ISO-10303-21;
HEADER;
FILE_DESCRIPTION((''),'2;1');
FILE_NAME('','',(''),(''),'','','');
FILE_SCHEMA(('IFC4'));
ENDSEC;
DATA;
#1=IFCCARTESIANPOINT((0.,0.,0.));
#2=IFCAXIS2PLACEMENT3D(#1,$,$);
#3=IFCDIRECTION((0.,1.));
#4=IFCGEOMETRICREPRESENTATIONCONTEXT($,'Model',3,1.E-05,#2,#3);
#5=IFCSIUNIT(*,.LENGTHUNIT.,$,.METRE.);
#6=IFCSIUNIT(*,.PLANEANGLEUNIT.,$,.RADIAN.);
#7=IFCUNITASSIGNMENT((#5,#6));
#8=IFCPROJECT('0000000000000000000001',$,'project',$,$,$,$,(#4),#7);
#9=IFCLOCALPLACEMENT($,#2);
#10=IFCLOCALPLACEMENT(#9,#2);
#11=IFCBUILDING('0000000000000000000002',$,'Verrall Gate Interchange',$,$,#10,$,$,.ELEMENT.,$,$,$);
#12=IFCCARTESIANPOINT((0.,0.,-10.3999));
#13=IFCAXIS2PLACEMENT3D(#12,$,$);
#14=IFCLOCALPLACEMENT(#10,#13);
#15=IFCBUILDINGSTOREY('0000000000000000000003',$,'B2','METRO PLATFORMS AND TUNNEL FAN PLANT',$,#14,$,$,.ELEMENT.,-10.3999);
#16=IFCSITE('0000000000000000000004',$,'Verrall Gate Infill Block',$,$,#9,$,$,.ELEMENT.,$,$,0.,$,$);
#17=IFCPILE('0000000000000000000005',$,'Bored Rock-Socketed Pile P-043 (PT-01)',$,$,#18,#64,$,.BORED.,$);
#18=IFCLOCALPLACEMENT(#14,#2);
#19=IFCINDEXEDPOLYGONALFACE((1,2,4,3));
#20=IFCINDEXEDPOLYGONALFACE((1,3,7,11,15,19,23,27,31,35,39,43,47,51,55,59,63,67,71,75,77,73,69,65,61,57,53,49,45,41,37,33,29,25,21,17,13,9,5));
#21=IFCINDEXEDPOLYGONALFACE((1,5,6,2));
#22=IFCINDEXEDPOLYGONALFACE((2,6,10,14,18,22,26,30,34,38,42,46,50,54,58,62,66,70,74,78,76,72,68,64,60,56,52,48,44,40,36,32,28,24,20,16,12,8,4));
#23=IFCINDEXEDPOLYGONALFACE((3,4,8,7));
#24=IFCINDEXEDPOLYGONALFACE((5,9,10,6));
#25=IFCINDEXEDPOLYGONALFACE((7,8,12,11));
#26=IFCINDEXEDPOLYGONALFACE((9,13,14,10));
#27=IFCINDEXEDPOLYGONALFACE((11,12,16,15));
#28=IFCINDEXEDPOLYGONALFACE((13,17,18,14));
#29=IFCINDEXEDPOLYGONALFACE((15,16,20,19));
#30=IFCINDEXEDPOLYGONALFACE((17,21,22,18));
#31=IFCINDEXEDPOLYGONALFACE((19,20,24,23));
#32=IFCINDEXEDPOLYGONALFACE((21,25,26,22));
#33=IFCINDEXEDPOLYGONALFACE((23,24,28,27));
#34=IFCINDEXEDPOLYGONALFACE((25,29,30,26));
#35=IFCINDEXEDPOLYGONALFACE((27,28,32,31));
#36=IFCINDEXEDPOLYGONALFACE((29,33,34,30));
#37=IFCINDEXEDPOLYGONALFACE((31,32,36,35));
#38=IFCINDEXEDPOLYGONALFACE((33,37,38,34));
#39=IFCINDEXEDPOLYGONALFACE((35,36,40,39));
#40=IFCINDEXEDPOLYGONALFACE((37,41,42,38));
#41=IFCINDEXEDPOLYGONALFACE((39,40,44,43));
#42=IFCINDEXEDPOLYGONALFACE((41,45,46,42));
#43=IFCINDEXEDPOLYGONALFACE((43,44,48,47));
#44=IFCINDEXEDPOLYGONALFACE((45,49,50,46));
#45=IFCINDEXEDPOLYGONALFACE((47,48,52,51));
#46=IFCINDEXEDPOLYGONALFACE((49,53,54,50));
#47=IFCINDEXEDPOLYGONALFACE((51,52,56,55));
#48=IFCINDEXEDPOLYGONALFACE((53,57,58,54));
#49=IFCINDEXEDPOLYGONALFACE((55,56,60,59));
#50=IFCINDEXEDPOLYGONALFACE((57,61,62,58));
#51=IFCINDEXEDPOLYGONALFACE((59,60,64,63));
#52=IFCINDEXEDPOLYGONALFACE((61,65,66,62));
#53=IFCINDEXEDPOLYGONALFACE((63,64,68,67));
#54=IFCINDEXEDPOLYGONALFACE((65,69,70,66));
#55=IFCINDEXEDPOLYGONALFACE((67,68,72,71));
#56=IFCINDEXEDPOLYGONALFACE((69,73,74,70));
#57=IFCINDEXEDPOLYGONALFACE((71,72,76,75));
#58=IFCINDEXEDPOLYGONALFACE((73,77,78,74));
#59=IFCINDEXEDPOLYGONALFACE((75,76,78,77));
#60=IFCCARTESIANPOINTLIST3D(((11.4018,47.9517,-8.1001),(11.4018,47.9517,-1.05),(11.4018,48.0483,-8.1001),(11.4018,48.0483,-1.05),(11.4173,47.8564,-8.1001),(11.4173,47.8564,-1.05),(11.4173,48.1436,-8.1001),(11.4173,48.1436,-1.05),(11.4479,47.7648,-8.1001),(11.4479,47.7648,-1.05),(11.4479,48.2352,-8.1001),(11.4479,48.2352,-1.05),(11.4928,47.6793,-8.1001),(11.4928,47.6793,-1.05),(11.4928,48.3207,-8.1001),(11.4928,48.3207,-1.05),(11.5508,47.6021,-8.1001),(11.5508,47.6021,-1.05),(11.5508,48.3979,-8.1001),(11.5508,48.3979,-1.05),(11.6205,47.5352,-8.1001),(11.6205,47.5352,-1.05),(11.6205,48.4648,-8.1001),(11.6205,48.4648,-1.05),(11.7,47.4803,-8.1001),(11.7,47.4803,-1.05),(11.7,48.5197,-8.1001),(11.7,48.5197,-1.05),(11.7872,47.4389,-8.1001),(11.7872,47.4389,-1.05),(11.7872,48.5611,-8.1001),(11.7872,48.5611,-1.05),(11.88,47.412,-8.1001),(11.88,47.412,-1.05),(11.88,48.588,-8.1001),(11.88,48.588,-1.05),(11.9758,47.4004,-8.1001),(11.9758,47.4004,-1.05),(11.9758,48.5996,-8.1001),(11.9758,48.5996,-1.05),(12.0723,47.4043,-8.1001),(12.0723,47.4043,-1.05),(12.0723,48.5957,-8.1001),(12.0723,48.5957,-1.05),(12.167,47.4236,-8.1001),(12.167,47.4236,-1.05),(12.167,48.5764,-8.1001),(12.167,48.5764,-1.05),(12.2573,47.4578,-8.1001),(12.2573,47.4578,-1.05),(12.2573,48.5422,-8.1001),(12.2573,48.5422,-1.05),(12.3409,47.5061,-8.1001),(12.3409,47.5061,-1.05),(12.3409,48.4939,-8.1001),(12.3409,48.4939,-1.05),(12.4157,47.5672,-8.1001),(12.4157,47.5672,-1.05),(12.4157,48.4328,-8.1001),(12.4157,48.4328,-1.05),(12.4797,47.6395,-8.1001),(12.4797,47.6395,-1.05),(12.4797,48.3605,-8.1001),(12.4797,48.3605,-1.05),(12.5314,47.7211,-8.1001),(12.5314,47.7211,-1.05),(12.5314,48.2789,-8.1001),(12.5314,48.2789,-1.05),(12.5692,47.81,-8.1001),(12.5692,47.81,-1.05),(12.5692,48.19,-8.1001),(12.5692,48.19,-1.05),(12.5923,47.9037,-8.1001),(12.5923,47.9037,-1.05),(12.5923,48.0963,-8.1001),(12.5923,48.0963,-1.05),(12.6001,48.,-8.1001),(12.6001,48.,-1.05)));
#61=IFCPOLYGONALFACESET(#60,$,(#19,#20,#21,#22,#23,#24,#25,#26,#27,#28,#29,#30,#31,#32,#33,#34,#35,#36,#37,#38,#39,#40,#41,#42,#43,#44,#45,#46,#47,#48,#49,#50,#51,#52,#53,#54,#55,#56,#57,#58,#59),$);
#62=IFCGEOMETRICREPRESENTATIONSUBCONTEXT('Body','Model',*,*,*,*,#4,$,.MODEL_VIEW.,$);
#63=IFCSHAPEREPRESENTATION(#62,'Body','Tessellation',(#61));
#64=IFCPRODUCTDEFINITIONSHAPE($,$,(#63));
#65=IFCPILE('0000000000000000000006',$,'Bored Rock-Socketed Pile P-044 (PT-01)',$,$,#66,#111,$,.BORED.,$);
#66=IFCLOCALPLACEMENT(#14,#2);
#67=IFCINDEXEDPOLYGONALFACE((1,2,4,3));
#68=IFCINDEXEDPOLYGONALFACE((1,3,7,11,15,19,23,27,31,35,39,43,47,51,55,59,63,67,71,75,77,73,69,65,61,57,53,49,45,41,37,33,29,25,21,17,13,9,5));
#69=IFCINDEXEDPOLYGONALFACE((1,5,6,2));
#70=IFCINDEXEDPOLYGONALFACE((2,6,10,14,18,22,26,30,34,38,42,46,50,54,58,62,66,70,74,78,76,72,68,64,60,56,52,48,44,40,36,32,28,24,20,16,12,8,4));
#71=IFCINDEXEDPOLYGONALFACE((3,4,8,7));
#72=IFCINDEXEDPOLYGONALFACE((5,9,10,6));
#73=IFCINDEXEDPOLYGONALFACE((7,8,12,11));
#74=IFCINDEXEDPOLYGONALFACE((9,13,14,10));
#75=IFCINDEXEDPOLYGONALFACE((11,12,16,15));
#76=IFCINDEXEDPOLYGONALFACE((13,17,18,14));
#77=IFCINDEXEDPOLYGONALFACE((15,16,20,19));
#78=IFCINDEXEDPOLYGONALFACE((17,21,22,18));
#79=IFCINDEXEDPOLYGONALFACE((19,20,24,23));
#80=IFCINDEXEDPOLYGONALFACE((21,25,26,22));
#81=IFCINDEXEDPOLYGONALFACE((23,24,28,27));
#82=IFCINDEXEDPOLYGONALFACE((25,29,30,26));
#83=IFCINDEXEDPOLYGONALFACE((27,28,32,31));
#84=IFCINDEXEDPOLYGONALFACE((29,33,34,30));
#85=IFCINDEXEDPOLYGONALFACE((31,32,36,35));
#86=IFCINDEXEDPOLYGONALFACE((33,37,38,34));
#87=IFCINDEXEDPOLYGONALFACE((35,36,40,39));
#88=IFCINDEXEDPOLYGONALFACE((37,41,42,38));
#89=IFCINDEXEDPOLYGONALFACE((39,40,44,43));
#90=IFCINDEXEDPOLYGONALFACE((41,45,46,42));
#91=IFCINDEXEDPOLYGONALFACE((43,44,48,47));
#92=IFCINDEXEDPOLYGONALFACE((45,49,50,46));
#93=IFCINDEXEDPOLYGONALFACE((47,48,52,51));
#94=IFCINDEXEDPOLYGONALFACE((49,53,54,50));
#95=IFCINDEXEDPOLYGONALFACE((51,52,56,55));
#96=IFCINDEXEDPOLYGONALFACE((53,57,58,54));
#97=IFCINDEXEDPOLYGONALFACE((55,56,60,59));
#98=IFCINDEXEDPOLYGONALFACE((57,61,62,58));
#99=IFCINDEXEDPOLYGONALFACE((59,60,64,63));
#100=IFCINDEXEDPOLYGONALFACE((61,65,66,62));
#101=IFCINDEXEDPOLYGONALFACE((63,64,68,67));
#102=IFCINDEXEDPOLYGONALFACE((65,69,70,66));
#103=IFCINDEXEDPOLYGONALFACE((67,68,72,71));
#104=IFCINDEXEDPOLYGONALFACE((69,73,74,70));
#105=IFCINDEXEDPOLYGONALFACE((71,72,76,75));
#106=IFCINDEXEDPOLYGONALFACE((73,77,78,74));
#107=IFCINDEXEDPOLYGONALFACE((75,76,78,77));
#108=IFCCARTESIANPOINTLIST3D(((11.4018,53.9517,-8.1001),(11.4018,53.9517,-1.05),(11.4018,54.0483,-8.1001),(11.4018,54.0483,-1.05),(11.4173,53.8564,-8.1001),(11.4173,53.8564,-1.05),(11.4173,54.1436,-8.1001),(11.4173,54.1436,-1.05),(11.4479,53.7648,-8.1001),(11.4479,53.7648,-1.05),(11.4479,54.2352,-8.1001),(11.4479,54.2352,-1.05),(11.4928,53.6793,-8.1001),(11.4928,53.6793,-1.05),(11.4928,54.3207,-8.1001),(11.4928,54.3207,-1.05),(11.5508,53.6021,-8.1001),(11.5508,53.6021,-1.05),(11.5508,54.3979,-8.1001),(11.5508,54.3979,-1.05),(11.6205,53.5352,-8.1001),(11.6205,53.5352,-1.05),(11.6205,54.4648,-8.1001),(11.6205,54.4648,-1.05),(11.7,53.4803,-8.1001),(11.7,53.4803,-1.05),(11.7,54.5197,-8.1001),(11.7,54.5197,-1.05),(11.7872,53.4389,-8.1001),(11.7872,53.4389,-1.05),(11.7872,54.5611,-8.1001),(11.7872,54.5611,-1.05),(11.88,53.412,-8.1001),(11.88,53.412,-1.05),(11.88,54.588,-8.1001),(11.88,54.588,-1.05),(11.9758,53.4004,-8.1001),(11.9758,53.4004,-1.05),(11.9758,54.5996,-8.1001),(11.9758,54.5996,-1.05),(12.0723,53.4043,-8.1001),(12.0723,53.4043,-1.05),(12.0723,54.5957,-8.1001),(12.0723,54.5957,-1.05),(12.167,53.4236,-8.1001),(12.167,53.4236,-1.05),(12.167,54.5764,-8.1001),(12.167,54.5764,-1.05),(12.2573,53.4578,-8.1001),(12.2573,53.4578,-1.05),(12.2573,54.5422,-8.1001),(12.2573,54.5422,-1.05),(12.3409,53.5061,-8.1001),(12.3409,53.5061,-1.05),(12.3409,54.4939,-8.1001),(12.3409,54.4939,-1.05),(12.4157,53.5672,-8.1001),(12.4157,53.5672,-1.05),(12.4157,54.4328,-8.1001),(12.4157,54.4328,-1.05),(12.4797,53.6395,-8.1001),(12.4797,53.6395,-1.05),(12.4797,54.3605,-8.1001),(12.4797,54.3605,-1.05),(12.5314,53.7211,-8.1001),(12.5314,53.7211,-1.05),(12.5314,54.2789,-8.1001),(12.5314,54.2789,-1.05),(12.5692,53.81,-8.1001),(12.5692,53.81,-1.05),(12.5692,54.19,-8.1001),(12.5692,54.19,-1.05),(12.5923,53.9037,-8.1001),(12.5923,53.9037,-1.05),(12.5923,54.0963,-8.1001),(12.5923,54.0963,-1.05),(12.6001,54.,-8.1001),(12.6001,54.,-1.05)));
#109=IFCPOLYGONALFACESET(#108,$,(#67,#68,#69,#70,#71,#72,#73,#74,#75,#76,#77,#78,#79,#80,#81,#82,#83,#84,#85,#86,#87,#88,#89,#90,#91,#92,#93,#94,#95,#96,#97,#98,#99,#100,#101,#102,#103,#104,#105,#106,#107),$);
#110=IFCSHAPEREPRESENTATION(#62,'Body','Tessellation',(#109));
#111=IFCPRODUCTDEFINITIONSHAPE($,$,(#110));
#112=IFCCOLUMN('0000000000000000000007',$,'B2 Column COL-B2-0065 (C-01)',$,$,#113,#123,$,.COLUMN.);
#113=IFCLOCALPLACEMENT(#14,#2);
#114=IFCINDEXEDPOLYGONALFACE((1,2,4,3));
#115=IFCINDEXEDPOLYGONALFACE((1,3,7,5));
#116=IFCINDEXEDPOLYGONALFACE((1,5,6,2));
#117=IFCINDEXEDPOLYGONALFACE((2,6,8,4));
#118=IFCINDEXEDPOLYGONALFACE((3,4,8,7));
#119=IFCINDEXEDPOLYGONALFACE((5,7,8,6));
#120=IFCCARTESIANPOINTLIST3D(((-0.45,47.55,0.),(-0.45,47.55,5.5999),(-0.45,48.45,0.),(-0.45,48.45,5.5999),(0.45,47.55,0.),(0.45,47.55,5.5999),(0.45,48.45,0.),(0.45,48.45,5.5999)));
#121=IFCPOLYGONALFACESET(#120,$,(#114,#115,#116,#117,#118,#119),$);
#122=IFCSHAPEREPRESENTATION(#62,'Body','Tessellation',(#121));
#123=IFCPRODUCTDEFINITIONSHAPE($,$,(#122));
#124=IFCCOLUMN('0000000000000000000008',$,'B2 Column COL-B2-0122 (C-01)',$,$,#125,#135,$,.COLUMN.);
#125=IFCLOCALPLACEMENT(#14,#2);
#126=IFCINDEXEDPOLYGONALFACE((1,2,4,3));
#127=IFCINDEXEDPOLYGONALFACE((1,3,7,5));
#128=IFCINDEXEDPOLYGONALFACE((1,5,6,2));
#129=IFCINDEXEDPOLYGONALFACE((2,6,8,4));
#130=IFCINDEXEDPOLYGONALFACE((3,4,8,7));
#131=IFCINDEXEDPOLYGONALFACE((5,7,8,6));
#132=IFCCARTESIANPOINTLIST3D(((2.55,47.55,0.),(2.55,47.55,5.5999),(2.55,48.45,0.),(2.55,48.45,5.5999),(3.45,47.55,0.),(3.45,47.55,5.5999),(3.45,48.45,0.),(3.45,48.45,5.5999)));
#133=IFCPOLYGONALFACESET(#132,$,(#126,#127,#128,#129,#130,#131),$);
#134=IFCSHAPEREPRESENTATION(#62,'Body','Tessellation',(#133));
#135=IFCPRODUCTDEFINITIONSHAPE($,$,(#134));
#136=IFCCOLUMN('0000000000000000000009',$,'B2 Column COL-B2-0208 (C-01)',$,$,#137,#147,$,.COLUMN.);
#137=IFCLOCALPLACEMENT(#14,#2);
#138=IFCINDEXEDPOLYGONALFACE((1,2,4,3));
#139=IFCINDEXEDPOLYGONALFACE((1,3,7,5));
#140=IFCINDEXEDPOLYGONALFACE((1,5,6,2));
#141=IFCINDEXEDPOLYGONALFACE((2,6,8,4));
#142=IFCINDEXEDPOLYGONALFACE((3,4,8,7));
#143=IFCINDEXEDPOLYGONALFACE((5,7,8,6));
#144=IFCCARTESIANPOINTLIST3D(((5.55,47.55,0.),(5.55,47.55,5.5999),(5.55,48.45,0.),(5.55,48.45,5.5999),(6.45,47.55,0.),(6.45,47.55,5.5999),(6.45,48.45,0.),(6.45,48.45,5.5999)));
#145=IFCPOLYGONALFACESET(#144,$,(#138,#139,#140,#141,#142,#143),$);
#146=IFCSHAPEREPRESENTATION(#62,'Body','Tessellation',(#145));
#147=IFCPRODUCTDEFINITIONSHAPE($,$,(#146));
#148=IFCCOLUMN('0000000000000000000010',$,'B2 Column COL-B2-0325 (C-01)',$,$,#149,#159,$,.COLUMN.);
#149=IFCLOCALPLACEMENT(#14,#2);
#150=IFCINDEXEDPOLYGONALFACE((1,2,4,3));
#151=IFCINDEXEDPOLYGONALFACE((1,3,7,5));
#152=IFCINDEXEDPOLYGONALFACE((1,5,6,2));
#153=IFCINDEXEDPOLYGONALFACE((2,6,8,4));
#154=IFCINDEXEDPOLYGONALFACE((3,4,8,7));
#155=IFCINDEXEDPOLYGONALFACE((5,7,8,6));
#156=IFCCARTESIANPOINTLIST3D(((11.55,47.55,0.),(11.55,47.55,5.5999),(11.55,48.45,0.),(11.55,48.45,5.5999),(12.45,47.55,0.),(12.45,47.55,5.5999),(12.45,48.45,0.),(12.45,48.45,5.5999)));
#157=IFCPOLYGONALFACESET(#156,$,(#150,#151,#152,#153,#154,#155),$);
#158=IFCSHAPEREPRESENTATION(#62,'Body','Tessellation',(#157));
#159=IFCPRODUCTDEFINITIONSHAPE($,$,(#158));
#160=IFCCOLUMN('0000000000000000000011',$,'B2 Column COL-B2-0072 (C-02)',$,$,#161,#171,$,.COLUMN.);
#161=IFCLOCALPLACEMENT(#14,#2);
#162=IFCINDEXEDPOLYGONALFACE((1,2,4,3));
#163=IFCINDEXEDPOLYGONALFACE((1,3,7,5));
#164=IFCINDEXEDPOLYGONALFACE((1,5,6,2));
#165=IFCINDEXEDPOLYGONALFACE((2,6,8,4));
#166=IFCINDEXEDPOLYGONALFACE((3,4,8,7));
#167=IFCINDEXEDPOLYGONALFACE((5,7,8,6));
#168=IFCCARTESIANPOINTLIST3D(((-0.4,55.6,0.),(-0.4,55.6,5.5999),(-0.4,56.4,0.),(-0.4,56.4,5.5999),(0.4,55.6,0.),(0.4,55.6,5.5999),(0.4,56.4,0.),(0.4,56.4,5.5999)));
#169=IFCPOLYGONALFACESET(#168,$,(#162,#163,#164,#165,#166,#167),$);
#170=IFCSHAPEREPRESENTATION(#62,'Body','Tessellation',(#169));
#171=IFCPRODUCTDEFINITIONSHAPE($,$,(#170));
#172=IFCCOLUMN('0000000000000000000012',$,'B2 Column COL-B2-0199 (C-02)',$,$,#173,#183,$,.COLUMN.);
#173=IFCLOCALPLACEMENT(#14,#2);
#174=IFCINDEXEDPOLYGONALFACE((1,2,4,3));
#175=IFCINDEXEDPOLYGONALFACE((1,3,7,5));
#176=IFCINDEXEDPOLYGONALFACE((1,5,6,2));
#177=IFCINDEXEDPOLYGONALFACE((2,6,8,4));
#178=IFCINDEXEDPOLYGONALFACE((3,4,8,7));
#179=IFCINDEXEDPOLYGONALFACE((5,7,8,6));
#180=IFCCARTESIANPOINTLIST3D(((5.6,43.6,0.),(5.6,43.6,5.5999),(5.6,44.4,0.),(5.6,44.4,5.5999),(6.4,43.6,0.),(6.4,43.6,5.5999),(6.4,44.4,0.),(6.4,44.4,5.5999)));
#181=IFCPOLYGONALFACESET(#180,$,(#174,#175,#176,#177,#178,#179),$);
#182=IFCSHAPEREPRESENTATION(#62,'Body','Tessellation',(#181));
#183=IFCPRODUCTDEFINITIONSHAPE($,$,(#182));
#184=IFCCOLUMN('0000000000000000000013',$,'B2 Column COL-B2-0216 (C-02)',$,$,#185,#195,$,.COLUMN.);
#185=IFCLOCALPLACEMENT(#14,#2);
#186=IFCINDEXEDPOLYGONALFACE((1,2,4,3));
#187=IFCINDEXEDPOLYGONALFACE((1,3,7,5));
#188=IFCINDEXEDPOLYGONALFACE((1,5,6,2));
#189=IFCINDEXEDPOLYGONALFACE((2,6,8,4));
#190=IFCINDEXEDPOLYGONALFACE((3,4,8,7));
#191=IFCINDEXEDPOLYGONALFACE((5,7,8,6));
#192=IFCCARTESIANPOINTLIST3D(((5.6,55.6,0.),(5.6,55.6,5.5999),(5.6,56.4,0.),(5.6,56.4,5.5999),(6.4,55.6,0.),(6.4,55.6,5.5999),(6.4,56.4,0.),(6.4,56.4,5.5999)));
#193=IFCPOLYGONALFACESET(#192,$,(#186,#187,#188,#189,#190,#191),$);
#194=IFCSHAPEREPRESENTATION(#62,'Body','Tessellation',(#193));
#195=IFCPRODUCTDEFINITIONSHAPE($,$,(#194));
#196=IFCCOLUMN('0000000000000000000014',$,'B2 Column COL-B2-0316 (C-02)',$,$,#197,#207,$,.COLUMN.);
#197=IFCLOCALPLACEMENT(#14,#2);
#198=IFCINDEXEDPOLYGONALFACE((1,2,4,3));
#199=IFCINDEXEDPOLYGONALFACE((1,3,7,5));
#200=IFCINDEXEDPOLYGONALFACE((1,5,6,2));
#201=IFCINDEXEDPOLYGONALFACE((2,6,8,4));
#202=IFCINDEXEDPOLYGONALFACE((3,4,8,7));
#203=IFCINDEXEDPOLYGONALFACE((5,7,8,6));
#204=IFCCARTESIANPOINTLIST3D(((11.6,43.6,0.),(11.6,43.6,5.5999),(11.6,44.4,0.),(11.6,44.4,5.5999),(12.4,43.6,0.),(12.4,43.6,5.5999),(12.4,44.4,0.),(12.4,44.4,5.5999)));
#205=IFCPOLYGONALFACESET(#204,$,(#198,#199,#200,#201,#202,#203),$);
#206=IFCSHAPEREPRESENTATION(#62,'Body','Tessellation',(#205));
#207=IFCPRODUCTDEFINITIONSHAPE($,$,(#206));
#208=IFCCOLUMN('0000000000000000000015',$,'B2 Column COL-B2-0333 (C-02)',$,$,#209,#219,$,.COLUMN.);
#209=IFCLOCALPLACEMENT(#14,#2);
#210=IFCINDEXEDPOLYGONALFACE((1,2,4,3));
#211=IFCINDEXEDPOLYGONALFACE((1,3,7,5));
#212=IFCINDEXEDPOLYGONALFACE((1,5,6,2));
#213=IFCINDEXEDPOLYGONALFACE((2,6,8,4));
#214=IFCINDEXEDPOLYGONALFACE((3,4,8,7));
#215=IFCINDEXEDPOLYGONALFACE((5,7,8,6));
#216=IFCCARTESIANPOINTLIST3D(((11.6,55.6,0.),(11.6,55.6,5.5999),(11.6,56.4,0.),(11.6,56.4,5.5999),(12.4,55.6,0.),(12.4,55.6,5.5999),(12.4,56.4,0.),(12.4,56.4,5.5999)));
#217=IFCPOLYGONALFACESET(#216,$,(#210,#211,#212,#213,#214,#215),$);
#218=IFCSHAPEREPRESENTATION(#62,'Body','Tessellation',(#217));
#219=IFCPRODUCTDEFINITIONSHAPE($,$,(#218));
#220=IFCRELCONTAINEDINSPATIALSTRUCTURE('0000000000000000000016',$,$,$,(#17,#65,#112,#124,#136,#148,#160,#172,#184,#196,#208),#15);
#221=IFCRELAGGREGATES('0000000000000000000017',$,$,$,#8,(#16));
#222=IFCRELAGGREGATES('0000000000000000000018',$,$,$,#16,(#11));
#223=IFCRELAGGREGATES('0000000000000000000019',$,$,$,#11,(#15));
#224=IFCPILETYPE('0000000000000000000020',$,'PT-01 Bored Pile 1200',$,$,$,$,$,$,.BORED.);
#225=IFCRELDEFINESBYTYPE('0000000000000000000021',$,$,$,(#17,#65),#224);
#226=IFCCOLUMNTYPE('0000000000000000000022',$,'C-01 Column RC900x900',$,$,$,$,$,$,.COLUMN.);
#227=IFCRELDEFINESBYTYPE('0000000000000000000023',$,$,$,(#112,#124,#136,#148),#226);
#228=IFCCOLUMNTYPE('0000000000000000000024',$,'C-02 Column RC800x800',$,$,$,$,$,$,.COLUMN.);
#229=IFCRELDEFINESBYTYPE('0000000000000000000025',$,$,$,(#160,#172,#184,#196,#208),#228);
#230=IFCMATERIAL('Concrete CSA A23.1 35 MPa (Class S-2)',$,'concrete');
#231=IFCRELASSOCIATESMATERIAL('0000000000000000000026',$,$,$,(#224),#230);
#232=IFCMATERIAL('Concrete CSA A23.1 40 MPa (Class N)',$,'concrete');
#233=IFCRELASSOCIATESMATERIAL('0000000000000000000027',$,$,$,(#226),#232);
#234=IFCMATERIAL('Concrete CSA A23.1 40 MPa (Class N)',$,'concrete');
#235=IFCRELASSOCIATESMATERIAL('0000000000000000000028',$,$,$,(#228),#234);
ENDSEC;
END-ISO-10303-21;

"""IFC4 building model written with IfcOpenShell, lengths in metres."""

from ifc_helpers import new_model, si_unit, direction, frame, origin, origin_2d, place, context, subcontext, project, spatial, rectangle, circle, extrude, material, material_profile, profile_set, type_object, element, save


model = new_model("IFC4")

# Units and contexts
model_context = context("Model", 3, precision=1e-05, world=origin(), true_north=direction((0.0, 1.0)))
body_context = subcontext(model_context, "Body", "Model", "MODEL_VIEW")
ifc_project = project(units=[si_unit("LENGTHUNIT", "METRE"), si_unit("PLANEANGLEUNIT", "RADIAN")], contexts=[model_context])

# Site, building, storey
site_placement = place(None, origin())
site = spatial("IfcSite", under=ifc_project, at=site_placement, Name="Verrall Gate Infill Block", CompositionType="ELEMENT", RefElevation=0.0)
building_placement = place(site_placement, origin())
building = spatial("IfcBuilding", under=site, at=building_placement, Name="Verrall Gate Interchange", CompositionType="ELEMENT")
storey_placement = place(building_placement, frame((0.0, 0.0, -10.3999)))
storey = spatial("IfcBuildingStorey", under=building, at=storey_placement, Name="B2", Description="METRO PLATFORMS AND TUNNEL FAN PLANT", CompositionType="ELEMENT", Elevation=-10.3999)

# Piles
ifc_material_1 = material(Name="Concrete CSA A23.1 35 MPa (Class S-2)", Category="concrete")
ifc_material_profile_1 = material_profile(ifc_material_1, circle(Radius=0.6001, at=origin_2d()), Name="PILE1200D")
ifc_profile_set_1 = profile_set([ifc_material_profile_1], Name="Concrete CSA A23.1 35 MPa (Class S-2)")
pile_type = type_object("IfcPileType", Name="PT-01 Bored Pile 1200", PredefinedType="BORED", material=ifc_profile_set_1)
for number, where, z_axis, x_axis, name in (
    (1, (12.0, 48.0, -1.05), (0.0, 0.0, -1.0), (1.0, 0.0, 0.0), "Bored Rock-Socketed Pile P-043 (PT-01)"),
    (2, (12.0, 54.0, -1.05), (0.0, 0.0, -1.0), (1.0, 0.0, 0.0), "Bored Rock-Socketed Pile P-044 (PT-01)"),
):
    element("IfcPile", number, at=place(storey_placement, frame(where, z_axis=z_axis, x_axis=x_axis)), inside=storey, type_object=pile_type, Name=name, PredefinedType="BORED", context=body_context, shape_type="SweptSolid", body=[
        extrude(circle(Radius=0.6001, at=origin_2d()), origin(), (0.0, 0.0, 1.0), 7.05),
    ])

# Columns
ifc_material_2 = material(Name="Concrete CSA A23.1 40 MPa (Class N)", Category="concrete")
ifc_material_profile_2 = material_profile(ifc_material_2, rectangle(XDim=0.8999, YDim=0.8999, at=origin_2d()), Name="RC900x900")
ifc_profile_set_2 = profile_set([ifc_material_profile_2], Name="Concrete CSA A23.1 40 MPa (Class N)")
column_type_1 = type_object("IfcColumnType", Name="C-01 Column RC900x900", PredefinedType="COLUMN", material=ifc_profile_set_2)
for number, where, z_axis, x_axis, name in (
    (3, (0.0, 48.0, 0.0), (0.0, 0.0, 1.0), (1.0, 0.0, 0.0), "B2 Column COL-B2-0065 (C-01)"),
    (4, (3.0, 48.0, 0.0), (0.0, 0.0, 1.0), (1.0, 0.0, 0.0), "B2 Column COL-B2-0122 (C-01)"),
    (5, (6.0, 48.0, 0.0), (0.0, 0.0, 1.0), (1.0, 0.0, 0.0), "B2 Column COL-B2-0208 (C-01)"),
    (6, (12.0, 48.0, 0.0), (0.0, 0.0, 1.0), (1.0, 0.0, 0.0), "B2 Column COL-B2-0325 (C-01)"),
):
    element("IfcColumn", number, at=place(storey_placement, frame(where, z_axis=z_axis, x_axis=x_axis)), inside=storey, type_object=column_type_1, Name=name, PredefinedType="COLUMN", context=body_context, shape_type="SweptSolid", body=[
        extrude(rectangle(XDim=0.8999, YDim=0.8999, at=origin_2d()), origin(), (0.0, 0.0, 1.0), 5.5999),
    ])
ifc_material_3 = material(Name="Concrete CSA A23.1 40 MPa (Class N)", Category="concrete")
ifc_material_profile_3 = material_profile(ifc_material_3, rectangle(XDim=0.8, YDim=0.8, at=origin_2d()), Name="RC800x800")
ifc_profile_set_3 = profile_set([ifc_material_profile_3], Name="Concrete CSA A23.1 40 MPa (Class N)")
column_type_2 = type_object("IfcColumnType", Name="C-02 Column RC800x800", PredefinedType="COLUMN", material=ifc_profile_set_3)
for number, where, z_axis, x_axis, name in (
    (7, (0.0, 56.0, 0.0), (0.0, 0.0, 1.0), (1.0, 0.0, 0.0), "B2 Column COL-B2-0072 (C-02)"),
    (8, (6.0, 44.0, 0.0), (0.0, 0.0, 1.0), (1.0, 0.0, 0.0), "B2 Column COL-B2-0199 (C-02)"),
    (9, (6.0, 56.0, 0.0), (0.0, 0.0, 1.0), (1.0, 0.0, 0.0), "B2 Column COL-B2-0216 (C-02)"),
    (10, (12.0, 44.0, 0.0), (0.0, 0.0, 1.0), (1.0, 0.0, 0.0), "B2 Column COL-B2-0316 (C-02)"),
    (11, (12.0, 56.0, 0.0), (0.0, 0.0, 1.0), (1.0, 0.0, 0.0), "B2 Column COL-B2-0333 (C-02)"),
):
    element("IfcColumn", number, at=place(storey_placement, frame(where, z_axis=z_axis, x_axis=x_axis)), inside=storey, type_object=column_type_2, Name=name, PredefinedType="COLUMN", context=body_context, shape_type="SweptSolid", body=[
        extrude(rectangle(XDim=0.8, YDim=0.8, at=origin_2d()), origin(), (0.0, 0.0, 1.0), 5.5999),
    ])

save(model, "model.ifc")
